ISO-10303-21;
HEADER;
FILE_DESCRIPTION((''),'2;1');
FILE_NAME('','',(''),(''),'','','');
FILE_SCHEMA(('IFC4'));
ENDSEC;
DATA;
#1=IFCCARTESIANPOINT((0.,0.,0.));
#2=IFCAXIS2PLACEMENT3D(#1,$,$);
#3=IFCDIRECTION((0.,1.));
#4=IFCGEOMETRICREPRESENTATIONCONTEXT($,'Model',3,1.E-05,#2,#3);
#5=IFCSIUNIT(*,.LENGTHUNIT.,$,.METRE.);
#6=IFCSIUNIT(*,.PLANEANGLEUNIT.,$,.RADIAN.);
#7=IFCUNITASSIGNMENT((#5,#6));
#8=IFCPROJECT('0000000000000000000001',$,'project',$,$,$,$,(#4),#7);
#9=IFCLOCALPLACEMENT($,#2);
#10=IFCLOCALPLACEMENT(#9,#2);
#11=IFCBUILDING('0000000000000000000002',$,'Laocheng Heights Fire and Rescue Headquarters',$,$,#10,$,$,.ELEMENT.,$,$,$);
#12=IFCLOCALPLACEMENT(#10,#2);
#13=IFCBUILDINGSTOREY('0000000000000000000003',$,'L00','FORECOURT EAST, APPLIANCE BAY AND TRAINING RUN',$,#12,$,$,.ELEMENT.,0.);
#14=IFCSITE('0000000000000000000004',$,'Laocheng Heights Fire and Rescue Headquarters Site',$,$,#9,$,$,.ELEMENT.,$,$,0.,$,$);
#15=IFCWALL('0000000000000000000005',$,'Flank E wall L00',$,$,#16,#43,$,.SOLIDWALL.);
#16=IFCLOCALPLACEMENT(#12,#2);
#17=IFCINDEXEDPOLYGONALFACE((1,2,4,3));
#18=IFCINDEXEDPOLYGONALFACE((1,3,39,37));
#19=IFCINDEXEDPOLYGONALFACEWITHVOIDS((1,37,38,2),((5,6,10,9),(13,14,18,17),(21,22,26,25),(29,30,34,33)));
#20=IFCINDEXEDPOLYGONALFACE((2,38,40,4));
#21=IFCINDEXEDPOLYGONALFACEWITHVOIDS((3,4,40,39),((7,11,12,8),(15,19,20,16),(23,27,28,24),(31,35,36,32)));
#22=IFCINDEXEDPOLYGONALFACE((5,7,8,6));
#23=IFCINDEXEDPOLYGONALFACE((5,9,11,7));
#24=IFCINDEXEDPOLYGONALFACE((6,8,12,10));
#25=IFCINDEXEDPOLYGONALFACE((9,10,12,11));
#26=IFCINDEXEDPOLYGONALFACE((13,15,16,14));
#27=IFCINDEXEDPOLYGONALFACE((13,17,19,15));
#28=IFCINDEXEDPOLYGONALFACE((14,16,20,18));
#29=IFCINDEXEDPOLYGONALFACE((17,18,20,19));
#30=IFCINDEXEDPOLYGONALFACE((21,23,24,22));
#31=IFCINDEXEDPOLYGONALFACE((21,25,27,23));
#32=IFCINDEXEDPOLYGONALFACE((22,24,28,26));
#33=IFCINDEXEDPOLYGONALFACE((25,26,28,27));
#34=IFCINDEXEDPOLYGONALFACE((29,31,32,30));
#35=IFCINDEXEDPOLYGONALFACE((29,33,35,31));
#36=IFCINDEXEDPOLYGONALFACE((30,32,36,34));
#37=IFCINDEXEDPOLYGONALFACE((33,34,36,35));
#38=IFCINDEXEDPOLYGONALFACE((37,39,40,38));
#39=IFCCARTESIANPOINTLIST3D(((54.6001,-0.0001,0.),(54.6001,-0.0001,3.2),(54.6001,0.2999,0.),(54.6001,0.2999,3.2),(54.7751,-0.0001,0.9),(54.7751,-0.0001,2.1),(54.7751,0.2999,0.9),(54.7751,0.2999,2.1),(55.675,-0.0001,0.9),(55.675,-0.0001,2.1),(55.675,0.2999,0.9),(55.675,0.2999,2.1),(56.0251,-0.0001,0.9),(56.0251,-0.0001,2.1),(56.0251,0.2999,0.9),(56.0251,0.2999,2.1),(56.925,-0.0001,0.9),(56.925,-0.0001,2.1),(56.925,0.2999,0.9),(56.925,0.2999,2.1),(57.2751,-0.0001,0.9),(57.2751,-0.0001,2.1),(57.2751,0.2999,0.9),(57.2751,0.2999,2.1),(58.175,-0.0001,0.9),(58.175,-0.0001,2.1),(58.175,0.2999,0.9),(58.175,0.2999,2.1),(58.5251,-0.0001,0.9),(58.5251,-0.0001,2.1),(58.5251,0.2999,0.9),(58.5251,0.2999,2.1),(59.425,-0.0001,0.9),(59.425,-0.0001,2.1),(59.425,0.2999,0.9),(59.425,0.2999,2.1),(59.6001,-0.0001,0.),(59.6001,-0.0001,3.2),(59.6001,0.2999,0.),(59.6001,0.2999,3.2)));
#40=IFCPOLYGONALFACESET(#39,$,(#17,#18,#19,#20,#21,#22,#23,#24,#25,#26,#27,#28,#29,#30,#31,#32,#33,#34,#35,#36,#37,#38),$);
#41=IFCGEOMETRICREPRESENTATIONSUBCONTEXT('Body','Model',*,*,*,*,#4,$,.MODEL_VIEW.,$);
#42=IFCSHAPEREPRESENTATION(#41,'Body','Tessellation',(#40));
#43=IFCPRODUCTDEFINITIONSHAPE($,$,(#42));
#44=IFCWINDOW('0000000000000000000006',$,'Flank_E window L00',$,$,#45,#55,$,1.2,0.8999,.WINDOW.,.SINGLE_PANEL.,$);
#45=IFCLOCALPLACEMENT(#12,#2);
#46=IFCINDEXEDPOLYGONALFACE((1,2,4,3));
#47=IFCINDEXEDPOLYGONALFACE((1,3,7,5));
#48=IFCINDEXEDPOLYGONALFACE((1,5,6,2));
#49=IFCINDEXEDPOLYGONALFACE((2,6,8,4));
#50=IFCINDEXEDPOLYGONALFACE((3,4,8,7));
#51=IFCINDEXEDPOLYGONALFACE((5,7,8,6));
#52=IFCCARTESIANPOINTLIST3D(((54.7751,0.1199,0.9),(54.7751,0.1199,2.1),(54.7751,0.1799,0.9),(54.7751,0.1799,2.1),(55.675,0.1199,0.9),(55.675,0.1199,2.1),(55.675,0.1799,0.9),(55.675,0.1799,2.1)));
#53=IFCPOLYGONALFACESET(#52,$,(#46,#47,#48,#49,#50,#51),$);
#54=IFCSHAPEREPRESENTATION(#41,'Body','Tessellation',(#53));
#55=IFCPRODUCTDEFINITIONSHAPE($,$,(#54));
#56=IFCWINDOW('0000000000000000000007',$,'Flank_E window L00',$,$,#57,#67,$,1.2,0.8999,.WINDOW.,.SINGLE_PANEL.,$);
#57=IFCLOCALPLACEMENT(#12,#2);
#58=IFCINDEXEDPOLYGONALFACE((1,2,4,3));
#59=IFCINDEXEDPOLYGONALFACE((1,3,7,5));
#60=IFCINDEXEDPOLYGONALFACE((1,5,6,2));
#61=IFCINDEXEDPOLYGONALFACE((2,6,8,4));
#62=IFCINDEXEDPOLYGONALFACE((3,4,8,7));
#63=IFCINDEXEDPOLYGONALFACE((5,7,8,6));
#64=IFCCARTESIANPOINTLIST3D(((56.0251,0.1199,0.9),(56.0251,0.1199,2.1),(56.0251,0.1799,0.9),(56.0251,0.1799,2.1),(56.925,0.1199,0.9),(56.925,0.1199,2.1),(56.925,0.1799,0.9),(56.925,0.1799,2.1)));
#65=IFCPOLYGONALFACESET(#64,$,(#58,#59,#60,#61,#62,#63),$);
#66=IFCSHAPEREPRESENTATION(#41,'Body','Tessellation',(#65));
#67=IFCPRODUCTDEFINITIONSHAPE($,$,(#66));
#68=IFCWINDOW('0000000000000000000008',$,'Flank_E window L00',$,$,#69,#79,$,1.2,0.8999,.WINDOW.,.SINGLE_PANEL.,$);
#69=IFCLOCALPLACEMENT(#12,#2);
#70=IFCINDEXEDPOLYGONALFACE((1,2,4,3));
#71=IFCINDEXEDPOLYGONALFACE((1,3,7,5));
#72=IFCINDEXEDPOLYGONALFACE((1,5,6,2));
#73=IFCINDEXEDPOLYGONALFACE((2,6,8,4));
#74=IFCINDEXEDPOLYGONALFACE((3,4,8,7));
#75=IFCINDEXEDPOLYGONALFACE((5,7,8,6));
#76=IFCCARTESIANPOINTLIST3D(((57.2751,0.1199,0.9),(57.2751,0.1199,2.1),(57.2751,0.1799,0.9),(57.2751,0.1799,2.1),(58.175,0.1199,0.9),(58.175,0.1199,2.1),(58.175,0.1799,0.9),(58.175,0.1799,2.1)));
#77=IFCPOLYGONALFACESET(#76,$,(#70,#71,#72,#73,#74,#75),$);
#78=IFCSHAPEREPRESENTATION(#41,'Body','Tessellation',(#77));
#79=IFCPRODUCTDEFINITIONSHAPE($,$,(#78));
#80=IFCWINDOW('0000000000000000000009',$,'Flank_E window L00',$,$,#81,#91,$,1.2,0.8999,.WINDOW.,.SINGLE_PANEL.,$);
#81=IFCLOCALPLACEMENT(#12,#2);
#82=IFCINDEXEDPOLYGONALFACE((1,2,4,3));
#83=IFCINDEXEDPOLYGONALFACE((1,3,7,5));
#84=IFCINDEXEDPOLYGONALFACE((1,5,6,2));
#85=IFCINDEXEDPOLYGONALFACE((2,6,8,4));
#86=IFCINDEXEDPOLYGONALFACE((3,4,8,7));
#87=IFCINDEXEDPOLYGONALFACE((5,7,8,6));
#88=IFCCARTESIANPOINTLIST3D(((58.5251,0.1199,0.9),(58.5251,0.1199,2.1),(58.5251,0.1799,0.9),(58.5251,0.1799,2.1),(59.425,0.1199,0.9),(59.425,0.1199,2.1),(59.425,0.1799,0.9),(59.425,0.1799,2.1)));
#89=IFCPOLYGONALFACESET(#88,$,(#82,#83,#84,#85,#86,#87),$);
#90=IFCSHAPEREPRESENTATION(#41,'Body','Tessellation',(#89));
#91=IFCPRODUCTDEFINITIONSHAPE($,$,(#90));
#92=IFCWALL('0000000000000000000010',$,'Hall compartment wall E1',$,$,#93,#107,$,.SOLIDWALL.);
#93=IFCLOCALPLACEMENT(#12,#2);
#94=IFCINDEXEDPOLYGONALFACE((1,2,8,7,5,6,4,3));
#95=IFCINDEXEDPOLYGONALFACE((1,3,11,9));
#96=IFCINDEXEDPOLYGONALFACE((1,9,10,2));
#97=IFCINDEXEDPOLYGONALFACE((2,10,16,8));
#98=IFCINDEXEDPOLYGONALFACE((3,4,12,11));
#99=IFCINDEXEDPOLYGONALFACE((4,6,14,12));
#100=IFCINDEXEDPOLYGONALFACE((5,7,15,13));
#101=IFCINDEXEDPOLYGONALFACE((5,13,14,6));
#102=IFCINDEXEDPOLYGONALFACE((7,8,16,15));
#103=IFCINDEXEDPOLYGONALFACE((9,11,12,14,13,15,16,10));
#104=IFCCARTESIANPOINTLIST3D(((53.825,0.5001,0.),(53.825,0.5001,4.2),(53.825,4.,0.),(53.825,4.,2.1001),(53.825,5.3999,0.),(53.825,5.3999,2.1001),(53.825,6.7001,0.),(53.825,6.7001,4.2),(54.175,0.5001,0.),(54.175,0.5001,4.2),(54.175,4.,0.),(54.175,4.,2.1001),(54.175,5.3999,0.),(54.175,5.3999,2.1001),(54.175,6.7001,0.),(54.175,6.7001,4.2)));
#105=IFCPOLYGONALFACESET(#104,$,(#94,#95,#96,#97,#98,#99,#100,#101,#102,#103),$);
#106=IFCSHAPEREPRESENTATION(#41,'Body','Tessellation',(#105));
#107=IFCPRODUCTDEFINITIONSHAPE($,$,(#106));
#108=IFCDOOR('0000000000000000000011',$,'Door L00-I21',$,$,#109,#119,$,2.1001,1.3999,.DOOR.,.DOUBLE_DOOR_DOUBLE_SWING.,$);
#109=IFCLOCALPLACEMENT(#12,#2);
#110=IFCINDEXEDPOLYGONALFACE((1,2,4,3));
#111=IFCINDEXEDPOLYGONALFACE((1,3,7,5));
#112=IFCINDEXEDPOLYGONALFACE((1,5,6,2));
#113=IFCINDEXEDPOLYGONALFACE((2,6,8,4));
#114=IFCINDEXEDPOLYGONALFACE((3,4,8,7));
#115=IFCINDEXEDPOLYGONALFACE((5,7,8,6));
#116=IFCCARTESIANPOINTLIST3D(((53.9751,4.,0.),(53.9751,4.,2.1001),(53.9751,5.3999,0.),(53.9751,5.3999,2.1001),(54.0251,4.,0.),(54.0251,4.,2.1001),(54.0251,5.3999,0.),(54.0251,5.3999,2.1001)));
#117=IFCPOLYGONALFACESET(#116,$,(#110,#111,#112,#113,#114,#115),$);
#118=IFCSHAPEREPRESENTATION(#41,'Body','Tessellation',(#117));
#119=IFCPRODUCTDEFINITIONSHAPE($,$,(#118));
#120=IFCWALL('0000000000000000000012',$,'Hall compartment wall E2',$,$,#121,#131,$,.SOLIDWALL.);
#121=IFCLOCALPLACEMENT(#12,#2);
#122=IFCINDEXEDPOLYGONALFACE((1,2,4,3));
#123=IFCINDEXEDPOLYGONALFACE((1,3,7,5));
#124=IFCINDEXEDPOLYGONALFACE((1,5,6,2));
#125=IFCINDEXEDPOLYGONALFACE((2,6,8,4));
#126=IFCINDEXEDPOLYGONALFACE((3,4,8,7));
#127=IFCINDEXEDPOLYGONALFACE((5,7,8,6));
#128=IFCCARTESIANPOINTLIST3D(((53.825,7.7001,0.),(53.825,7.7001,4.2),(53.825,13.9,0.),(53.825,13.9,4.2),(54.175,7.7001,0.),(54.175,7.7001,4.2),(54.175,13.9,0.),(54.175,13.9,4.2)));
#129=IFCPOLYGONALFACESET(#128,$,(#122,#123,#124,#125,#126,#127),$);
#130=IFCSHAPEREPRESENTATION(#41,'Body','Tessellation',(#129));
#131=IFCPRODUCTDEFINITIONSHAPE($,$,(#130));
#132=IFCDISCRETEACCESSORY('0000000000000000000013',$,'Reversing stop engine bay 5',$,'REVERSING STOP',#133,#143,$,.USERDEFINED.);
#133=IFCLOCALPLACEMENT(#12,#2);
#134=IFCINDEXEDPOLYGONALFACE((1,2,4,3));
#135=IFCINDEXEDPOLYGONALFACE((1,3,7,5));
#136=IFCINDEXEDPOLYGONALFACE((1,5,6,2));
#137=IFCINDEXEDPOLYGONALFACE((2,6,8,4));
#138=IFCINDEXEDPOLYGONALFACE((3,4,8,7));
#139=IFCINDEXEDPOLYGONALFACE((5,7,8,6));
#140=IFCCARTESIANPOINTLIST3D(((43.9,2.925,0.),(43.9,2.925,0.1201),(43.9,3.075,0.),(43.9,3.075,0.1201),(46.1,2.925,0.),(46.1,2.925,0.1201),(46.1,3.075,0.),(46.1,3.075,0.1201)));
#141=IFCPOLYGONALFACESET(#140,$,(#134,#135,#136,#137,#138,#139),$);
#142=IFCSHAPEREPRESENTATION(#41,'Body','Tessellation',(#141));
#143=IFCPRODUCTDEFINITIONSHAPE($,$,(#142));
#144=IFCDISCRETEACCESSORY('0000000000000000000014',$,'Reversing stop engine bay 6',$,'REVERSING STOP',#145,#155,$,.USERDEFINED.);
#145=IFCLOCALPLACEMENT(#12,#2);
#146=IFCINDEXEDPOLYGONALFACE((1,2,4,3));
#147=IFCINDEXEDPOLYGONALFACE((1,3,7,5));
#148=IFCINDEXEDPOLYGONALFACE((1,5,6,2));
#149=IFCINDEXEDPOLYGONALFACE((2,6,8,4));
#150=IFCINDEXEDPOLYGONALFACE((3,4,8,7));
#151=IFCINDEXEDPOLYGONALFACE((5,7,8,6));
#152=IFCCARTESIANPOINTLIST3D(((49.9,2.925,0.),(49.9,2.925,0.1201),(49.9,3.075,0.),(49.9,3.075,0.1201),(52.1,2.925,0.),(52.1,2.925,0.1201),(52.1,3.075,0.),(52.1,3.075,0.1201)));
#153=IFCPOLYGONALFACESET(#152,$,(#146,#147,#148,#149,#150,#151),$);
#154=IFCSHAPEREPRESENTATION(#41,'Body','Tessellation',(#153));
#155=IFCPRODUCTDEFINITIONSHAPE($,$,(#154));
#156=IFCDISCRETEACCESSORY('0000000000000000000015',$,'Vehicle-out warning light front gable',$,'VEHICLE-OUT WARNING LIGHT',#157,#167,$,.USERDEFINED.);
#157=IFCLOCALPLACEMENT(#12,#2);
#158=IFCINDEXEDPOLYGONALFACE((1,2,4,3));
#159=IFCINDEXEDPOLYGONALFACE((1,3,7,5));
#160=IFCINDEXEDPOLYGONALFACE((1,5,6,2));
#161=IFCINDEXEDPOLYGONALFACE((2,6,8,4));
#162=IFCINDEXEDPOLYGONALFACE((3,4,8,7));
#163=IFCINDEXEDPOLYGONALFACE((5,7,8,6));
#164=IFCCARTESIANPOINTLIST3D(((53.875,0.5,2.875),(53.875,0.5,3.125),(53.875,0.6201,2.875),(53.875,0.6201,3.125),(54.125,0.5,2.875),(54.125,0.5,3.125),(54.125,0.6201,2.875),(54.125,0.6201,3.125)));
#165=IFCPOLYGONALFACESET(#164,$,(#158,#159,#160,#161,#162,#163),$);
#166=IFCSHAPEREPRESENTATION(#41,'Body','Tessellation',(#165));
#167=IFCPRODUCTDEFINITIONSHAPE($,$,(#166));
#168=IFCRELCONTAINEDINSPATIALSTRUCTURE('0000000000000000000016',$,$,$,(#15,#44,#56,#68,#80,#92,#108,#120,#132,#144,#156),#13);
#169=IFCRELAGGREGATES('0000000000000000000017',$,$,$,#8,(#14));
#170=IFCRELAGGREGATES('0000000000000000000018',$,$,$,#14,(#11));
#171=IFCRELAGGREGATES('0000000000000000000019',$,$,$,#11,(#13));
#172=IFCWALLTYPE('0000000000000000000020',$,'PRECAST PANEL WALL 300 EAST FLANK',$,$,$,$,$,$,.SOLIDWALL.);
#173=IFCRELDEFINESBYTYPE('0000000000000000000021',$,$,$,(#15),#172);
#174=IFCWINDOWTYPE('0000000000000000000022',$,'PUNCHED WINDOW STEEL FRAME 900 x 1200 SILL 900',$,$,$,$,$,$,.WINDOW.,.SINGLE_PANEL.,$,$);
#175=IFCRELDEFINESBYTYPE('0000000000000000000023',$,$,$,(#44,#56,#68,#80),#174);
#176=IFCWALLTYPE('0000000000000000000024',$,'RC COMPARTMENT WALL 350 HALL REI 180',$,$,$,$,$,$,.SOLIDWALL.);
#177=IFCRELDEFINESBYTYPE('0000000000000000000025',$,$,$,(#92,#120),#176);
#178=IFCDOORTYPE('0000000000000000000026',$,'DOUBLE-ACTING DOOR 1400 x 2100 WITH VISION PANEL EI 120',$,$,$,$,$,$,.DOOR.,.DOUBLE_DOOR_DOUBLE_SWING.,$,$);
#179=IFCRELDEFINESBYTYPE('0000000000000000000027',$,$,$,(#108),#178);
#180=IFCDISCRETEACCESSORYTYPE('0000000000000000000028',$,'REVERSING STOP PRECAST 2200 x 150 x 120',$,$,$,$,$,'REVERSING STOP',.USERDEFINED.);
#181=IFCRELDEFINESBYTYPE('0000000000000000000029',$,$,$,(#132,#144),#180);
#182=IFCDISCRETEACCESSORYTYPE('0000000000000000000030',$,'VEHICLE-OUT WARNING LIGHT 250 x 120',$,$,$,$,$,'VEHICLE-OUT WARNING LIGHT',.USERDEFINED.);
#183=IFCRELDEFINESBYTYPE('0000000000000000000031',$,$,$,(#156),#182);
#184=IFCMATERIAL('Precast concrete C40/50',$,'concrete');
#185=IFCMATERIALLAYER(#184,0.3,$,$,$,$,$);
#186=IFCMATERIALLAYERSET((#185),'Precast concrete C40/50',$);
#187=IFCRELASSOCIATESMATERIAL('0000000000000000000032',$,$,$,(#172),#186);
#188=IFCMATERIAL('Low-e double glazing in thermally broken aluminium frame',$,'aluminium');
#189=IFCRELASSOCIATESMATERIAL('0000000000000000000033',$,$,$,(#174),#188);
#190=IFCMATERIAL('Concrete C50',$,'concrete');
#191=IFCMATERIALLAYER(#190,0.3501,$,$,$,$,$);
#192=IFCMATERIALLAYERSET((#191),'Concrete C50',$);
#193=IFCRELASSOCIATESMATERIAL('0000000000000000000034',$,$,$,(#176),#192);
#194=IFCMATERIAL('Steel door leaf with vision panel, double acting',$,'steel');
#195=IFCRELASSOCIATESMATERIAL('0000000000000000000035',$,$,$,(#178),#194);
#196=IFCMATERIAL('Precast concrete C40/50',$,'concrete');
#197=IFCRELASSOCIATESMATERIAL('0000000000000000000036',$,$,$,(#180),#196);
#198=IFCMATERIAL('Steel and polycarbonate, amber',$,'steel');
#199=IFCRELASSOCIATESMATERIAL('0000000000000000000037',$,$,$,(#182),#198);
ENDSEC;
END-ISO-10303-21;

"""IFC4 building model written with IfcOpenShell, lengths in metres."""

from ifc_helpers import new_model, si_unit, direction, frame, frame_2d, origin, origin_2d, place, context, subcontext, project, spatial, rectangle, extrude, material, layer, layer_set, type_object, element, fill, save


model = new_model("IFC4")

# Units and contexts
model_context = context("Model", 3, precision=1e-05, world=origin(), true_north=direction((0.0, 1.0)))
body_context = subcontext(model_context, "Body", "Model", "MODEL_VIEW")
ifc_project = project(units=[si_unit("LENGTHUNIT", "METRE"), si_unit("PLANEANGLEUNIT", "RADIAN")], contexts=[model_context])

# Site, building, storey
site_placement = place(None, origin())
site = spatial("IfcSite", under=ifc_project, at=site_placement, Name="Laocheng Heights Fire and Rescue Headquarters Site", CompositionType="ELEMENT", RefElevation=0.0)
building_placement = place(site_placement, origin())
building = spatial("IfcBuilding", under=site, at=building_placement, Name="Laocheng Heights Fire and Rescue Headquarters", CompositionType="ELEMENT")
storey_placement = place(building_placement, origin())
storey = spatial("IfcBuildingStorey", under=building, at=storey_placement, Name="L00", Description="FORECOURT EAST, APPLIANCE BAY AND TRAINING RUN", CompositionType="ELEMENT", Elevation=0.0)

# Wall, openings, windows
ifc_material_1 = material(Name="Precast concrete C40/50", Category="concrete")
ifc_layer_1 = layer(ifc_material_1, 0.3)
ifc_layer_set_1 = layer_set([ifc_layer_1], Name="Precast concrete C40/50")
wall_type_1 = type_object("IfcWallType", Name="PRECAST PANEL WALL 300 EAST FLANK", PredefinedType="SOLIDWALL", material=ifc_layer_set_1)
wall_1_placement = place(storey_placement, frame((54.6001, 0.1499, 0.0), z_axis=(0.0, 0.0, 1.0), x_axis=(1.0, 0.0, 0.0)))
wall_1 = element("IfcWall", 1, at=wall_1_placement, inside=storey, type_object=wall_type_1, Name="Flank E wall L00", PredefinedType="SOLIDWALL", context=body_context, shape_type="SweptSolid", body=[
    extrude(rectangle(XDim=5.0, YDim=0.3, at=frame_2d((2.5, 0.0))), origin(), (0.0, 0.0, 1.0), 3.2),
])
opening_1_placement = place(wall_1_placement, frame((0.175, 0.0, 0.8999)))
opening_1 = element("IfcOpeningElement", 2, at=opening_1_placement, cuts=wall_1, PredefinedType="OPENING", context=body_context, shape_type="SweptSolid", body=[
    extrude(rectangle(XDim=0.8999, YDim=1.2, at=frame_2d((0.45, 0.6001))), frame((0.0, 0.1599, 0.0), z_axis=(0.0, -1.0, 0.0), x_axis=(1.0, 0.0, 0.0)), (0.0, 0.0, 1.0), 0.3201),
])
opening_2_placement = place(wall_1_placement, frame((1.425, 0.0, 0.8999)))
opening_2 = element("IfcOpeningElement", 3, at=opening_2_placement, cuts=wall_1, PredefinedType="OPENING", context=body_context, shape_type="SweptSolid", body=[
    extrude(rectangle(XDim=0.8999, YDim=1.2, at=frame_2d((0.45, 0.6001))), frame((0.0, 0.1599, 0.0), z_axis=(0.0, -1.0, 0.0), x_axis=(1.0, 0.0, 0.0)), (0.0, 0.0, 1.0), 0.3201),
])
opening_3_placement = place(wall_1_placement, frame((2.675, 0.0, 0.8999)))
opening_3 = element("IfcOpeningElement", 4, at=opening_3_placement, cuts=wall_1, PredefinedType="OPENING", context=body_context, shape_type="SweptSolid", body=[
    extrude(rectangle(XDim=0.8999, YDim=1.2, at=frame_2d((0.45, 0.6001))), frame((0.0, 0.1599, 0.0), z_axis=(0.0, -1.0, 0.0), x_axis=(1.0, 0.0, 0.0)), (0.0, 0.0, 1.0), 0.3201),
])
opening_4_placement = place(wall_1_placement, frame((3.925, 0.0, 0.8999)))
opening_4 = element("IfcOpeningElement", 5, at=opening_4_placement, cuts=wall_1, PredefinedType="OPENING", context=body_context, shape_type="SweptSolid", body=[
    extrude(rectangle(XDim=0.8999, YDim=1.2, at=frame_2d((0.45, 0.6001))), frame((0.0, 0.1599, 0.0), z_axis=(0.0, -1.0, 0.0), x_axis=(1.0, 0.0, 0.0)), (0.0, 0.0, 1.0), 0.3201),
])
ifc_material_2 = material(Name="Low-e double glazing in thermally broken aluminium frame", Category="aluminium")
window_type = type_object("IfcWindowType", Name="PUNCHED WINDOW STEEL FRAME 900 x 1200 SILL 900", PartitioningType="SINGLE_PANEL", PredefinedType="WINDOW", material=ifc_material_2)
window_1_placement = place(opening_1_placement, origin())
window_1 = element("IfcWindow", 6, at=window_1_placement, inside=storey, type_object=window_type, Name="Flank_E window L00", OverallHeight=1.2, OverallWidth=0.8999, PartitioningType="SINGLE_PANEL", PredefinedType="WINDOW", context=body_context, shape_type="SweptSolid", body=[
    extrude(rectangle(XDim=0.8999, YDim=1.2, at=frame_2d((0.45, 0.6001))), frame((0.0, 0.03, 0.0), z_axis=(0.0, -1.0, 0.0), x_axis=(1.0, 0.0, 0.0)), (0.0, 0.0, 1.0), 0.0601),
])
fill(opening_1, window_1)
window_2_placement = place(opening_2_placement, origin())
window_2 = element("IfcWindow", 7, at=window_2_placement, inside=storey, type_object=window_type, Name="Flank_E window L00", OverallHeight=1.2, OverallWidth=0.8999, PartitioningType="SINGLE_PANEL", PredefinedType="WINDOW", context=body_context, shape_type="SweptSolid", body=[
    extrude(rectangle(XDim=0.8999, YDim=1.2, at=frame_2d((0.45, 0.6001))), frame((0.0, 0.03, 0.0), z_axis=(0.0, -1.0, 0.0), x_axis=(1.0, 0.0, 0.0)), (0.0, 0.0, 1.0), 0.0601),
])
fill(opening_2, window_2)
window_3_placement = place(opening_3_placement, origin())
window_3 = element("IfcWindow", 8, at=window_3_placement, inside=storey, type_object=window_type, Name="Flank_E window L00", OverallHeight=1.2, OverallWidth=0.8999, PartitioningType="SINGLE_PANEL", PredefinedType="WINDOW", context=body_context, shape_type="SweptSolid", body=[
    extrude(rectangle(XDim=0.8999, YDim=1.2, at=frame_2d((0.45, 0.6001))), frame((0.0, 0.03, 0.0), z_axis=(0.0, -1.0, 0.0), x_axis=(1.0, 0.0, 0.0)), (0.0, 0.0, 1.0), 0.0601),
])
fill(opening_3, window_3)
window_4_placement = place(opening_4_placement, origin())
window_4 = element("IfcWindow", 9, at=window_4_placement, inside=storey, type_object=window_type, Name="Flank_E window L00", OverallHeight=1.2, OverallWidth=0.8999, PartitioningType="SINGLE_PANEL", PredefinedType="WINDOW", context=body_context, shape_type="SweptSolid", body=[
    extrude(rectangle(XDim=0.8999, YDim=1.2, at=frame_2d((0.45, 0.6001))), frame((0.0, 0.03, 0.0), z_axis=(0.0, -1.0, 0.0), x_axis=(1.0, 0.0, 0.0)), (0.0, 0.0, 1.0), 0.0601),
])
fill(opening_4, window_4)

# Wall, opening, door
ifc_material_3 = material(Name="Concrete C50", Category="concrete")
ifc_layer_2 = layer(ifc_material_3, 0.3501)
ifc_layer_set_2 = layer_set([ifc_layer_2], Name="Concrete C50")
wall_type_2 = type_object("IfcWallType", Name="RC COMPARTMENT WALL 350 HALL REI 180", PredefinedType="SOLIDWALL", material=ifc_layer_set_2)
wall_2_placement = place(storey_placement, frame((54.0, 0.5, 0.0), z_axis=(0.0, 0.0, 1.0), x_axis=(0.0, 1.0, 0.0)))
wall_2 = element("IfcWall", 10, at=wall_2_placement, inside=storey, type_object=wall_type_2, Name="Hall compartment wall E1", PredefinedType="SOLIDWALL", context=body_context, shape_type="SweptSolid", body=[
    extrude(rectangle(XDim=6.2, YDim=0.3501, at=frame_2d((3.1001, 0.0))), origin(), (0.0, 0.0, 1.0), 4.2),
])
opening_5_placement = place(wall_2_placement, frame((3.5, 0.0, 0.0)))
opening_5 = element("IfcOpeningElement", 11, at=opening_5_placement, cuts=wall_2, PredefinedType="OPENING", context=body_context, shape_type="SweptSolid", body=[
    extrude(rectangle(XDim=1.3999, YDim=2.1001, at=frame_2d((0.7, 1.05))), frame((0.0, 0.1851, 0.0), z_axis=(0.0, -1.0, 0.0), x_axis=(1.0, 0.0, 0.0)), (0.0, 0.0, 1.0), 0.3701),
])
ifc_material_4 = material(Name="Steel door leaf with vision panel, double acting", Category="steel")
door_type_1 = type_object("IfcDoorType", Name="DOUBLE-ACTING DOOR 1400 x 2100 WITH VISION PANEL EI 120", OperationType="DOUBLE_DOOR_DOUBLE_SWING", PredefinedType="DOOR", material=ifc_material_4)
door_1_placement = place(opening_5_placement, origin())
door_1 = element("IfcDoor", 12, at=door_1_placement, inside=storey, type_object=door_type_1, Name="Door L00-I21", OperationType="DOUBLE_DOOR_DOUBLE_SWING", OverallHeight=2.1001, OverallWidth=1.3999, PredefinedType="DOOR", context=body_context, shape_type="SweptSolid", body=[
    extrude(rectangle(XDim=1.3999, YDim=2.1001, at=frame_2d((0.7, 1.05))), frame((0.0, 0.0249, 0.0), z_axis=(0.0, -1.0, 0.0), x_axis=(1.0, 0.0, 0.0)), (0.0, 0.0, 1.0), 0.05),
])
fill(opening_5, door_1)

# Wall
wall_3_placement = place(storey_placement, frame((54.0, 7.7, 0.0), z_axis=(0.0, 0.0, 1.0), x_axis=(0.0, 1.0, 0.0)))
element("IfcWall", 13, at=wall_3_placement, inside=storey, type_object=wall_type_2, Name="Hall compartment wall E2", PredefinedType="SOLIDWALL", context=body_context, shape_type="SweptSolid", body=[
    extrude(rectangle(XDim=6.2, YDim=0.3501, at=frame_2d((3.1001, 0.0))), origin(), (0.0, 0.0, 1.0), 4.2),
])

# Discrete accessories
ifc_material_5 = material(Name="Precast concrete C40/50", Category="concrete")
discrete_accessory_type_1 = type_object("IfcDiscreteAccessoryType", Name="REVERSING STOP PRECAST 2200 x 150 x 120", ElementType="REVERSING STOP", PredefinedType="USERDEFINED", material=ifc_material_5)
for number, where, z_axis, x_axis, name in (
    (14, (45.0, 3.0, 0.0), (0.0, 0.0, 1.0), (1.0, 0.0, 0.0), "Reversing stop engine bay 5"),
    (15, (51.0, 3.0, 0.0), (0.0, 0.0, 1.0), (1.0, 0.0, 0.0), "Reversing stop engine bay 6"),
):
    element("IfcDiscreteAccessory", number, at=place(storey_placement, frame(where, z_axis=z_axis, x_axis=x_axis)), inside=storey, type_object=discrete_accessory_type_1, Name=name, ObjectType="REVERSING STOP", PredefinedType="USERDEFINED", context=body_context, shape_type="SweptSolid", body=[
        extrude(rectangle(XDim=2.2, YDim=0.1499, at=origin_2d()), origin(), (0.0, 0.0, 1.0), 0.1201),
    ])
ifc_material_6 = material(Name="Steel and polycarbonate, amber", Category="steel")
discrete_accessory_type_2 = type_object("IfcDiscreteAccessoryType", Name="VEHICLE-OUT WARNING LIGHT 250 x 120", ElementType="VEHICLE-OUT WARNING LIGHT", PredefinedType="USERDEFINED", material=ifc_material_6)
discrete_accessory_placement = place(storey_placement, frame((54.0, 0.5601, 2.875), z_axis=(0.0, 0.0, 1.0), x_axis=(1.0, 0.0, 0.0)))
element("IfcDiscreteAccessory", 16, at=discrete_accessory_placement, inside=storey, type_object=discrete_accessory_type_2, Name="Vehicle-out warning light front gable", ObjectType="VEHICLE-OUT WARNING LIGHT", PredefinedType="USERDEFINED", context=body_context, shape_type="SweptSolid", body=[
    extrude(rectangle(XDim=0.25, YDim=0.1201, at=origin_2d()), origin(), (0.0, 0.0, 1.0), 0.25),
])

save(model, "model.ifc")
